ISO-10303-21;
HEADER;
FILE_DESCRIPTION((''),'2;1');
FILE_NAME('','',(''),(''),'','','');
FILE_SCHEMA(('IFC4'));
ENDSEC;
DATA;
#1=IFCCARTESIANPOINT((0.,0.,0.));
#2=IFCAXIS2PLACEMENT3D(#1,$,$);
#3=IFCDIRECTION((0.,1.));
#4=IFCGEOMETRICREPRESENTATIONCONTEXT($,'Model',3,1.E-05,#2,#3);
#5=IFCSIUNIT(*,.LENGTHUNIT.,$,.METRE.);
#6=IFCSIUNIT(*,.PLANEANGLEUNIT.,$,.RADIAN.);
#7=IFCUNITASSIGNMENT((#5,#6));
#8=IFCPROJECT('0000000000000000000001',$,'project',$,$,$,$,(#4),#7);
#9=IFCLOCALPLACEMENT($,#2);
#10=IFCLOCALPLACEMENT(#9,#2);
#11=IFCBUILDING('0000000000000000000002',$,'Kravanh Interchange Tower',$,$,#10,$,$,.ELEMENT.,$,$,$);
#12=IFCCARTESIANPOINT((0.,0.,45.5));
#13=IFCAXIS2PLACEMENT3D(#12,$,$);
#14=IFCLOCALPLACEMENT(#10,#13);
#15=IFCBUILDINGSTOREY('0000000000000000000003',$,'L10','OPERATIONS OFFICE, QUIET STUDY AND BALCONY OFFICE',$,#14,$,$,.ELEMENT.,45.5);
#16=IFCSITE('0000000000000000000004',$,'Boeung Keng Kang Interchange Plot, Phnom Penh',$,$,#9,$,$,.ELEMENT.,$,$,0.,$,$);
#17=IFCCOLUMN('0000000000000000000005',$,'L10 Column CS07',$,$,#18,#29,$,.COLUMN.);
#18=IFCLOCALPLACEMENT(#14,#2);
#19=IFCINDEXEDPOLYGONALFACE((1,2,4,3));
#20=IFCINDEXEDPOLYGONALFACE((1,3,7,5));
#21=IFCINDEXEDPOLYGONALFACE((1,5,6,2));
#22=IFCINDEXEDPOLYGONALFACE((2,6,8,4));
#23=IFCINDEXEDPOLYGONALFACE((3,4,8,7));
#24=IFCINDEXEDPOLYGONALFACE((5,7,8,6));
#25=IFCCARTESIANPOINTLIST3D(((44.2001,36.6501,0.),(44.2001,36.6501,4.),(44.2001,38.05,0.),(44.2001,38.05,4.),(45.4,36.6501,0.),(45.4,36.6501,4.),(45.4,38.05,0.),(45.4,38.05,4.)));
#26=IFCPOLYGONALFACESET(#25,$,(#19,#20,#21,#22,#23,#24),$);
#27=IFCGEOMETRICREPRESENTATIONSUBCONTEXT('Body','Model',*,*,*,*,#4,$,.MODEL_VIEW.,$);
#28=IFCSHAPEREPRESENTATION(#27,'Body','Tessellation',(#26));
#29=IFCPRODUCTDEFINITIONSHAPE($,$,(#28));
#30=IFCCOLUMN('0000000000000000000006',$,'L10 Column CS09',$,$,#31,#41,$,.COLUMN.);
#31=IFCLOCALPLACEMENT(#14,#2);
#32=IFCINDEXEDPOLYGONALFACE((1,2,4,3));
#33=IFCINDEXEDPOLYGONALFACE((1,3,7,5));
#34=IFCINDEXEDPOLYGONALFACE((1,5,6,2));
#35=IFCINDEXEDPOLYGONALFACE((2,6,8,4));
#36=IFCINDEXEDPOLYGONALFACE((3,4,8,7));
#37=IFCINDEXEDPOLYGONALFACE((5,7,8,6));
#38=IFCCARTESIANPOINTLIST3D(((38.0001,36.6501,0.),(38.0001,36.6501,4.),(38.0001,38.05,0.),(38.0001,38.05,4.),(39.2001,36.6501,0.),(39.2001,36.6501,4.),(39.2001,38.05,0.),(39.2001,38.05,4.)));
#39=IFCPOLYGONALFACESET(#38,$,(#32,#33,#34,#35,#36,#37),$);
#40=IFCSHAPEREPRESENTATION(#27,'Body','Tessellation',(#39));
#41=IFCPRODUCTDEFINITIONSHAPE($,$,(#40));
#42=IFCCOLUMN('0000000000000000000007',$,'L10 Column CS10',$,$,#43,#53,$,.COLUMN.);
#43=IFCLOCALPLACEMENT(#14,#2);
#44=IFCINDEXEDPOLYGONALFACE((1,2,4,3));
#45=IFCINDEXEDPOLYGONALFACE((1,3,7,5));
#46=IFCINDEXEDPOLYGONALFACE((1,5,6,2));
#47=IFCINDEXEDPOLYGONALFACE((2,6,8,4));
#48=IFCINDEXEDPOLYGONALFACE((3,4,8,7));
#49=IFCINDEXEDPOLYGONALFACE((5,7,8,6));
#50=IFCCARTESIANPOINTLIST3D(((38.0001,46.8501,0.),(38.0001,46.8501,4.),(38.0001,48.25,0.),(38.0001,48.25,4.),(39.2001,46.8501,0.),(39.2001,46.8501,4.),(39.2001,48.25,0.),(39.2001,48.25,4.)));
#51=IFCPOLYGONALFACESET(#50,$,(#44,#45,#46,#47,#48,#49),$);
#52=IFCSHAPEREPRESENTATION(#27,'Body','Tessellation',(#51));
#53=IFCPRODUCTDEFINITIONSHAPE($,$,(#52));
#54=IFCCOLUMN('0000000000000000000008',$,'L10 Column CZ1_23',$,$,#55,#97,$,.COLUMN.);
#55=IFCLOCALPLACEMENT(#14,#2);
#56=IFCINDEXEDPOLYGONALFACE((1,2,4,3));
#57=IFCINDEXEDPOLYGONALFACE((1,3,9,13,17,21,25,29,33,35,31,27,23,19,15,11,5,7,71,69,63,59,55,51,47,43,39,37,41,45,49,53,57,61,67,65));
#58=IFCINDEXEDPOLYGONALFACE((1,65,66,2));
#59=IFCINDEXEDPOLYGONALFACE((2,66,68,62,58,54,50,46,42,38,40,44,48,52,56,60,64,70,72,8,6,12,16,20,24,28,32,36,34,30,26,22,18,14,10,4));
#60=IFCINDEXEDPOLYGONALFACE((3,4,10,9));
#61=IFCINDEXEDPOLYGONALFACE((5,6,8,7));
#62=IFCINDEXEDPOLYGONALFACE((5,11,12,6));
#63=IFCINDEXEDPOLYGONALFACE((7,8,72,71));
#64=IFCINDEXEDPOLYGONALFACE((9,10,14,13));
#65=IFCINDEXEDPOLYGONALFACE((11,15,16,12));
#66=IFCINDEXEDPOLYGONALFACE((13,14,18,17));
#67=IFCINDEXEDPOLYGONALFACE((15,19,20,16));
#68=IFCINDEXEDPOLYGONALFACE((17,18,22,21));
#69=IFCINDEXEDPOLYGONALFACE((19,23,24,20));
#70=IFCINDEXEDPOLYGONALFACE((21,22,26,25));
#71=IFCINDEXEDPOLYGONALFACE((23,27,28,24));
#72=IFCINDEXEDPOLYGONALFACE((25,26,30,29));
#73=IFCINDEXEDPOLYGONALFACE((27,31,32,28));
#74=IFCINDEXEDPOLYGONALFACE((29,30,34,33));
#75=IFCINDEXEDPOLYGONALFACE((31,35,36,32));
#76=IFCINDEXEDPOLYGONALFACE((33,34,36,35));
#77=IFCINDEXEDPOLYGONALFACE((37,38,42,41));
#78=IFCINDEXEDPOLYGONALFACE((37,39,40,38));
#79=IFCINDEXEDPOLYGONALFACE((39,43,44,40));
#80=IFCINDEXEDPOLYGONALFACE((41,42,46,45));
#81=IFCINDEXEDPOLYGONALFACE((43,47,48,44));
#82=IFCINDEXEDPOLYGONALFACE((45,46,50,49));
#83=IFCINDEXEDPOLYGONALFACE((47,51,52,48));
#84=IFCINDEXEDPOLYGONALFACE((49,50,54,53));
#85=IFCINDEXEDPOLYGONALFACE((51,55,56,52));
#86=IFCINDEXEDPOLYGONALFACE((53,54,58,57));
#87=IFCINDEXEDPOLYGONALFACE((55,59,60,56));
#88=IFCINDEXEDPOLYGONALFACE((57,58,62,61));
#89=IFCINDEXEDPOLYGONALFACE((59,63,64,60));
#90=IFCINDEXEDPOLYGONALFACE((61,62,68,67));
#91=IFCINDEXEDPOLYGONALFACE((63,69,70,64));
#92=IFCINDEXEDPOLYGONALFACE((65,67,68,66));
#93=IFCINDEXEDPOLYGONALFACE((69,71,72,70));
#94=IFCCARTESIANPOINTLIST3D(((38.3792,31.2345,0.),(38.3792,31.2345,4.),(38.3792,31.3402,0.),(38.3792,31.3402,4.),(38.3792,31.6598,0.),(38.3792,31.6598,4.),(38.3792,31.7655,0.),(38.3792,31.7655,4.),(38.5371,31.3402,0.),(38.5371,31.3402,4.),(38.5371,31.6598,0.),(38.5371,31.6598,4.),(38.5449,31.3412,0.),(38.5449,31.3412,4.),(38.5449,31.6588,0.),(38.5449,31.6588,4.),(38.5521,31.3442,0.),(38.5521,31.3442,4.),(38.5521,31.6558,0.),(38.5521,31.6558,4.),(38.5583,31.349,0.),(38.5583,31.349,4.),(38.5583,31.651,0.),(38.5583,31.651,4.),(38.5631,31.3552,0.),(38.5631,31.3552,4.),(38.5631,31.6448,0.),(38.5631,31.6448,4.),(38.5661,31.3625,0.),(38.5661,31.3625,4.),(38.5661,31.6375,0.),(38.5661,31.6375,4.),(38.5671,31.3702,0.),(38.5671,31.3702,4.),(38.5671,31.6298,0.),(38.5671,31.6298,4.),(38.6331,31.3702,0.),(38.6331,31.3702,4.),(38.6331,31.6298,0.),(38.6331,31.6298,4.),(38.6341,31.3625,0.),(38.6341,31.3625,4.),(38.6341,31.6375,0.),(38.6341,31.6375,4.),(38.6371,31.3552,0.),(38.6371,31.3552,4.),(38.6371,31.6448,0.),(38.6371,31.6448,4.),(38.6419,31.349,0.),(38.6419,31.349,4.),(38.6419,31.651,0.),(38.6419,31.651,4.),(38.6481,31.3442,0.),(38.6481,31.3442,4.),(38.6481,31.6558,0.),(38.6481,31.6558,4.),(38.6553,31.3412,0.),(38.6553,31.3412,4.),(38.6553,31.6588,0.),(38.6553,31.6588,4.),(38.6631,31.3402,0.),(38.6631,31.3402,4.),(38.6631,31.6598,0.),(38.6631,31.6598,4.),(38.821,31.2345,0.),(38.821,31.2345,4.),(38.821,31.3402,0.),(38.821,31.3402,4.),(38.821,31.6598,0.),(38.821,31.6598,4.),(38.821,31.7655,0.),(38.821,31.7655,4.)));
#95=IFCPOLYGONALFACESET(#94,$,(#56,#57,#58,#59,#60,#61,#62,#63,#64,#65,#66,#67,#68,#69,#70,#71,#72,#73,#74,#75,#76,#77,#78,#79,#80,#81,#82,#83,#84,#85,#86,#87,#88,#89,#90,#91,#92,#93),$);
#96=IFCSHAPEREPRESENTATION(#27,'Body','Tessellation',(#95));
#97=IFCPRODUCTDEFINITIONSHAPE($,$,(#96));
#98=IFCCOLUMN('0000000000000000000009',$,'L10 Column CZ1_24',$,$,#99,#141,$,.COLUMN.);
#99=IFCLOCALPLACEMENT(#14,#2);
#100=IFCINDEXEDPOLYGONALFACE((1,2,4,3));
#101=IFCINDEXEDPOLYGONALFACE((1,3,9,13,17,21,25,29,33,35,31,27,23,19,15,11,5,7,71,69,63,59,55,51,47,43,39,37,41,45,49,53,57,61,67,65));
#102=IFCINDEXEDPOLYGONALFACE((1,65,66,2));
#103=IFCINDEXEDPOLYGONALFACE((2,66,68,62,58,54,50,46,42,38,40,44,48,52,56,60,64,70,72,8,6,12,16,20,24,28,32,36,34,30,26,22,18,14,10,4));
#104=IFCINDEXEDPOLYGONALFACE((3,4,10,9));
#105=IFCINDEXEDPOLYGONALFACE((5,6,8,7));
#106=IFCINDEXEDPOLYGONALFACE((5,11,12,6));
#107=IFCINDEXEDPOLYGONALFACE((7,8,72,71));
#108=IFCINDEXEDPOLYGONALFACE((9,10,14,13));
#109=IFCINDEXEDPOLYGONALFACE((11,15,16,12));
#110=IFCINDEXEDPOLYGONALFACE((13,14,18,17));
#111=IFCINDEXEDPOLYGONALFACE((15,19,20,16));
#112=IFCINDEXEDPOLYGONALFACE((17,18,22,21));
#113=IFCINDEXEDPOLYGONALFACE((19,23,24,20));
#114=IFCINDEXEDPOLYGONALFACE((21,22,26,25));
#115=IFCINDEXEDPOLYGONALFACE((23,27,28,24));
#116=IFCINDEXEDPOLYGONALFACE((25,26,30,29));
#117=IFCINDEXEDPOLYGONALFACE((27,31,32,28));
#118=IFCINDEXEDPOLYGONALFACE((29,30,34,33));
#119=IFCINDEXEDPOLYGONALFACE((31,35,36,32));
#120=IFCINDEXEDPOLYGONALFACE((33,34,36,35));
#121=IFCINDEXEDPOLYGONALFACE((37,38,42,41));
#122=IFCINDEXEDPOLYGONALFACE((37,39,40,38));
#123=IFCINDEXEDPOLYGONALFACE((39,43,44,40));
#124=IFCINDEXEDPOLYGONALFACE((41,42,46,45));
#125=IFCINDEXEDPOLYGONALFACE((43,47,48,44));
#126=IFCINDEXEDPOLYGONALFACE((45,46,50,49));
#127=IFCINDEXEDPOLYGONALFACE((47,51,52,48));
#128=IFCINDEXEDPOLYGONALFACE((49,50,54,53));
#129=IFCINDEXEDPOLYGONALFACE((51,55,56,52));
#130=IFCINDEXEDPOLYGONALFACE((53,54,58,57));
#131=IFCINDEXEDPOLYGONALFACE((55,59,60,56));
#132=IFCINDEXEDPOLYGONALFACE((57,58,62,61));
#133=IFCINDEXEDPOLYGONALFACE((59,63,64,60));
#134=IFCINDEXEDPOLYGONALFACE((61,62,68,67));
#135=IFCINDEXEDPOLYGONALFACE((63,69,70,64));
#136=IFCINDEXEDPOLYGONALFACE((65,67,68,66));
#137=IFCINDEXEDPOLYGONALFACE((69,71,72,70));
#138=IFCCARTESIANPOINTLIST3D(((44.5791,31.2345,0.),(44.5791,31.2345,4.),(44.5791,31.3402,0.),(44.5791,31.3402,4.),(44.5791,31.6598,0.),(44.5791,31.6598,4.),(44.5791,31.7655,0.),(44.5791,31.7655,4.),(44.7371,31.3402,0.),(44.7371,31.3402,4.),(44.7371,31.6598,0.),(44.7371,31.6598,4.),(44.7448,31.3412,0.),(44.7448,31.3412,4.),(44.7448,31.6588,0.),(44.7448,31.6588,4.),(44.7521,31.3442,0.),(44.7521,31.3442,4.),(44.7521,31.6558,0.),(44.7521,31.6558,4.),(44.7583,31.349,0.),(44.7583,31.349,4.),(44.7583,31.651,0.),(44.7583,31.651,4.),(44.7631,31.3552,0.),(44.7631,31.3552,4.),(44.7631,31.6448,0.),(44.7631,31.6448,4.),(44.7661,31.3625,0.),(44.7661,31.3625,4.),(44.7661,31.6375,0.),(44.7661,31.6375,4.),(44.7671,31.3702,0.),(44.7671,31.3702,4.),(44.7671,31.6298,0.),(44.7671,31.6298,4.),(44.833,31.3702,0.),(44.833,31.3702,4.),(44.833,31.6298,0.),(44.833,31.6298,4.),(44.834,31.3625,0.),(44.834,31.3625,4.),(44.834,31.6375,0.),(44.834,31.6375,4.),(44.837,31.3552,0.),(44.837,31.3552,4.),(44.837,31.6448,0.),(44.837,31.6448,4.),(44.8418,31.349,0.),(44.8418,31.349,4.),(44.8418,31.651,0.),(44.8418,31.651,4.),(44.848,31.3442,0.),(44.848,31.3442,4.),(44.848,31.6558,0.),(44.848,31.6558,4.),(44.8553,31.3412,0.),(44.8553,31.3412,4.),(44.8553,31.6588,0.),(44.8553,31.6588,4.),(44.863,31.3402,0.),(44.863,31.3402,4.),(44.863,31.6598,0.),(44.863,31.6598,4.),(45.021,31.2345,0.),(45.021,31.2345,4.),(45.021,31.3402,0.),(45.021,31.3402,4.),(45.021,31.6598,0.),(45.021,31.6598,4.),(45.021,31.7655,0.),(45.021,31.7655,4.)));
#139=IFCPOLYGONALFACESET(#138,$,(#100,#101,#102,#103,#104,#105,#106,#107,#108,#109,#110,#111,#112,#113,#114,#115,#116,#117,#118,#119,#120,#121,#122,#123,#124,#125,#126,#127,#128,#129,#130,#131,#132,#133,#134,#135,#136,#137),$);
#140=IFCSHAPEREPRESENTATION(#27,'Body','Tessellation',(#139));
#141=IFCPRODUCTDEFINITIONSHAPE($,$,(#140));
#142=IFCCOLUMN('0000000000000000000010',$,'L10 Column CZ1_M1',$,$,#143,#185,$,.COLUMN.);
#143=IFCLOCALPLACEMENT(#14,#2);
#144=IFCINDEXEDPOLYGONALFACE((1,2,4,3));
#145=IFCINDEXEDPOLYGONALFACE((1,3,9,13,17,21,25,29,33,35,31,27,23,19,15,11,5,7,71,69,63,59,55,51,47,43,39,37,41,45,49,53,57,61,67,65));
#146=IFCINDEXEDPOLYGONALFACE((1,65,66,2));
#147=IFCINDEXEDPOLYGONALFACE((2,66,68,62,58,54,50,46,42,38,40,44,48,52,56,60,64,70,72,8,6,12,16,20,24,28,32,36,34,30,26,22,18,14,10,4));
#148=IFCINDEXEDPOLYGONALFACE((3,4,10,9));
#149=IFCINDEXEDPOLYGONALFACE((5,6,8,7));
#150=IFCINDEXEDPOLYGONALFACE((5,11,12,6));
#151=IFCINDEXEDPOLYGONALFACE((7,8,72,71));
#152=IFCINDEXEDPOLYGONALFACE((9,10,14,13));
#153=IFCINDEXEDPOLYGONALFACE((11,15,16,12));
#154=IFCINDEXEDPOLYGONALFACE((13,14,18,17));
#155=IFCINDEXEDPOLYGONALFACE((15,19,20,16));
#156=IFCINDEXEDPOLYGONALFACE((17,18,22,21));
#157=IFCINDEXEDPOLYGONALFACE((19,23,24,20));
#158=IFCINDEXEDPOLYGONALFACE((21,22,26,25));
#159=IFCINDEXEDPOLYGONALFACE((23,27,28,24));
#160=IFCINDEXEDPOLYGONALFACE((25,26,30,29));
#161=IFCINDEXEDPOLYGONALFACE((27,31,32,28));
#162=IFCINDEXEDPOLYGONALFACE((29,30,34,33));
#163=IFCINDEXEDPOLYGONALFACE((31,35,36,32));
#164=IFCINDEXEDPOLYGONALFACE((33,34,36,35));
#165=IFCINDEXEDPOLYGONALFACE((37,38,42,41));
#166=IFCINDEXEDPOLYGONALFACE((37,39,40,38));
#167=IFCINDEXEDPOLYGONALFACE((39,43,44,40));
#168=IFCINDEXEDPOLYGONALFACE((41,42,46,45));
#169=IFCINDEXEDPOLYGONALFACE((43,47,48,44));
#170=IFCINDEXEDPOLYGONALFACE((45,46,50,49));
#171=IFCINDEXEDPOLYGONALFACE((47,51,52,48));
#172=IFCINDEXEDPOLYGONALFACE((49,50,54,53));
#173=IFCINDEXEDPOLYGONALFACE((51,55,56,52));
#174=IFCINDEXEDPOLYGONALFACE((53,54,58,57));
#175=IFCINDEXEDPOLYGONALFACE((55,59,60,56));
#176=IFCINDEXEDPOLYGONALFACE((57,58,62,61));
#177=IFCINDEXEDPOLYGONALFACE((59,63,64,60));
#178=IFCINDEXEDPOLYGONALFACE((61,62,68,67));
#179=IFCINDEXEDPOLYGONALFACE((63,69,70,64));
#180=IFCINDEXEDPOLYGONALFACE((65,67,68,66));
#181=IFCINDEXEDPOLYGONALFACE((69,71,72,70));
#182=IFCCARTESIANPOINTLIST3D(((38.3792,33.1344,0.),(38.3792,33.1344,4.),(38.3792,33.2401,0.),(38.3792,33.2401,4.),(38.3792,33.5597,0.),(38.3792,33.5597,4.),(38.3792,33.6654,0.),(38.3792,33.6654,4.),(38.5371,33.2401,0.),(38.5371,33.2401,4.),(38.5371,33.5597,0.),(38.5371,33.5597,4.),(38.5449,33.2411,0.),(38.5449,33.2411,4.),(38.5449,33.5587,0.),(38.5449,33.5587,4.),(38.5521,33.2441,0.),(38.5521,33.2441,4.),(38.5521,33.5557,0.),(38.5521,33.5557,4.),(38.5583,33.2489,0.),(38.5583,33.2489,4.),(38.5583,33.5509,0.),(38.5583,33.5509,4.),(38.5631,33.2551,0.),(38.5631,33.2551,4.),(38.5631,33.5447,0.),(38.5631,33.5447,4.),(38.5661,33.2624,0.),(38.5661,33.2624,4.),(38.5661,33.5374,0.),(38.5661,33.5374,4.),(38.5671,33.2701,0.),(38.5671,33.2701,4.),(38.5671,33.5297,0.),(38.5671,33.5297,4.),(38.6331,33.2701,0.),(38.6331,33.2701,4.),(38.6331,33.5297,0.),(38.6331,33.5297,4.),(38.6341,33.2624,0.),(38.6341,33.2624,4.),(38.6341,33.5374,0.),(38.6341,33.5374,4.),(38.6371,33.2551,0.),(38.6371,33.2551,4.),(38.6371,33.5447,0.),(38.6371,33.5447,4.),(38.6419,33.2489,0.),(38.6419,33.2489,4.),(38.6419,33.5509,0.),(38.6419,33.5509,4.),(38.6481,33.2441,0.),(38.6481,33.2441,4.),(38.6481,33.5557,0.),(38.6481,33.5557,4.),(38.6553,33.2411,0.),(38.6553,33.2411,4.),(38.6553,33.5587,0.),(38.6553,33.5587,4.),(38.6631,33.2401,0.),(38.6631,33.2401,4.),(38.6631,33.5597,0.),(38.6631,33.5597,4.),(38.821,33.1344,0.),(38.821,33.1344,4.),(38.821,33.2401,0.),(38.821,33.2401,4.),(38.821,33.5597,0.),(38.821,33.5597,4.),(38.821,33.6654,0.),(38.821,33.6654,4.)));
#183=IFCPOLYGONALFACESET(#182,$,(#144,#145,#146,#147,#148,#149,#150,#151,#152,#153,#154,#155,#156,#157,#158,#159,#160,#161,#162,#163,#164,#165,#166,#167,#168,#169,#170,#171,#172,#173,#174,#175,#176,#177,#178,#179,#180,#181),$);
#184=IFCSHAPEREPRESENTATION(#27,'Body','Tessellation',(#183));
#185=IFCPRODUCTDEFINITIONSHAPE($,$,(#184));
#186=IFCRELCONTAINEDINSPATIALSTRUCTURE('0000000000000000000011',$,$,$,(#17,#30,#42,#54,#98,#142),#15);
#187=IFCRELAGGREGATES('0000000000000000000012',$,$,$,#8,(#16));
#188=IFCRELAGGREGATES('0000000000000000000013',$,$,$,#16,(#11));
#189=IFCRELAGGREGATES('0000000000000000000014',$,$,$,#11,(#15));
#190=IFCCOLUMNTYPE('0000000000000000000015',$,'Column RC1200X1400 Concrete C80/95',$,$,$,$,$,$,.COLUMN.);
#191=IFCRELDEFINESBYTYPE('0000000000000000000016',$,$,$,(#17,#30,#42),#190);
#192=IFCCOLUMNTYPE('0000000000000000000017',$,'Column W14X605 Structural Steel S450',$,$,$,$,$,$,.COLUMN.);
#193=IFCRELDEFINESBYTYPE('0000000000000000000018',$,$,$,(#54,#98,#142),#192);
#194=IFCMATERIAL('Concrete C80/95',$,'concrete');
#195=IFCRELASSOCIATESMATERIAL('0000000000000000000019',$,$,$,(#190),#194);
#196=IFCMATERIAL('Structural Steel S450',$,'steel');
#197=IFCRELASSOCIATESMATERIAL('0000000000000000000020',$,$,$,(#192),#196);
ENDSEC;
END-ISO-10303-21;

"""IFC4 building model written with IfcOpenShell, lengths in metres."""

from ifc_helpers import new_model, si_unit, direction, frame, origin, origin_2d, place, context, subcontext, project, spatial, rectangle, i_section, extrude, material, material_profile, profile_set, type_object, element, save


model = new_model("IFC4")

# Units and contexts
model_context = context("Model", 3, precision=1e-05, world=origin(), true_north=direction((0.0, 1.0)))
body_context = subcontext(model_context, "Body", "Model", "MODEL_VIEW")
ifc_project = project(units=[si_unit("LENGTHUNIT", "METRE"), si_unit("PLANEANGLEUNIT", "RADIAN")], contexts=[model_context])

# Site, building, storey
site_placement = place(None, origin())
site = spatial("IfcSite", under=ifc_project, at=site_placement, Name="Boeung Keng Kang Interchange Plot, Phnom Penh", CompositionType="ELEMENT", RefElevation=0.0)
building_placement = place(site_placement, origin())
building = spatial("IfcBuilding", under=site, at=building_placement, Name="Kravanh Interchange Tower", CompositionType="ELEMENT")
storey_placement = place(building_placement, frame((0.0, 0.0, 45.5)))
storey = spatial("IfcBuildingStorey", under=building, at=storey_placement, Name="L10", Description="OPERATIONS OFFICE, QUIET STUDY AND BALCONY OFFICE", CompositionType="ELEMENT", Elevation=45.5)

# Columns
ifc_material_1 = material(Name="Concrete C80/95", Category="concrete")
ifc_material_profile_1 = material_profile(ifc_material_1, rectangle(XDim=1.2, YDim=1.3999, at=origin_2d()), Name="RC1200X1400")
ifc_profile_set_1 = profile_set([ifc_material_profile_1], Name="Concrete C80/95")
column_type_1 = type_object("IfcColumnType", Name="Column RC1200X1400 Concrete C80/95", PredefinedType="COLUMN", material=ifc_profile_set_1)
for number, where, z_axis, x_axis, name in (
    (1, (44.8, 37.3501, 0.0), (0.0, 0.0, 1.0), (1.0, 0.0, 0.0), "L10 Column CS07"),
    (2, (38.6001, 37.3501, 0.0), (0.0, 0.0, 1.0), (1.0, 0.0, 0.0), "L10 Column CS09"),
    (3, (38.6001, 47.55, 0.0), (0.0, 0.0, 1.0), (1.0, 0.0, 0.0), "L10 Column CS10"),
):
    element("IfcColumn", number, at=place(storey_placement, frame(where, z_axis=z_axis, x_axis=x_axis)), inside=storey, type_object=column_type_1, Name=name, PredefinedType="COLUMN", context=body_context, shape_type="SweptSolid", body=[
        extrude(rectangle(XDim=1.2, YDim=1.3999, at=origin_2d()), origin(), (0.0, 0.0, 1.0), 4.0),
    ])
ifc_material_2 = material(Name="Structural Steel S450", Category="steel")
ifc_material_profile_2 = material_profile(ifc_material_2, i_section(OverallWidth=0.4419, OverallDepth=0.531, WebThickness=0.0659, FlangeThickness=0.1057, FilletRadius=0.03, at=origin_2d()), Name="W14X605")
ifc_profile_set_2 = profile_set([ifc_material_profile_2], Name="Structural Steel S450")
column_type_2 = type_object("IfcColumnType", Name="Column W14X605 Structural Steel S450", PredefinedType="COLUMN", material=ifc_profile_set_2)
for number, where, z_axis, x_axis, name in (
    (4, (38.6001, 31.5, 0.0), (0.0, 0.0, 1.0), (1.0, 0.0, 0.0), "L10 Column CZ1_23"),
    (5, (44.8, 31.5, 0.0), (0.0, 0.0, 1.0), (1.0, 0.0, 0.0), "L10 Column CZ1_24"),
    (6, (38.6001, 33.3999, 0.0), (0.0, 0.0, 1.0), (1.0, 0.0, 0.0), "L10 Column CZ1_M1"),
):
    element("IfcColumn", number, at=place(storey_placement, frame(where, z_axis=z_axis, x_axis=x_axis)), inside=storey, type_object=column_type_2, Name=name, PredefinedType="COLUMN", context=body_context, shape_type="SweptSolid", body=[
        extrude(i_section(OverallWidth=0.4419, OverallDepth=0.531, WebThickness=0.0659, FlangeThickness=0.1057, FilletRadius=0.03, at=origin_2d()), origin(), (0.0, 0.0, 1.0), 4.0),
    ])

save(model, "model.ifc")
